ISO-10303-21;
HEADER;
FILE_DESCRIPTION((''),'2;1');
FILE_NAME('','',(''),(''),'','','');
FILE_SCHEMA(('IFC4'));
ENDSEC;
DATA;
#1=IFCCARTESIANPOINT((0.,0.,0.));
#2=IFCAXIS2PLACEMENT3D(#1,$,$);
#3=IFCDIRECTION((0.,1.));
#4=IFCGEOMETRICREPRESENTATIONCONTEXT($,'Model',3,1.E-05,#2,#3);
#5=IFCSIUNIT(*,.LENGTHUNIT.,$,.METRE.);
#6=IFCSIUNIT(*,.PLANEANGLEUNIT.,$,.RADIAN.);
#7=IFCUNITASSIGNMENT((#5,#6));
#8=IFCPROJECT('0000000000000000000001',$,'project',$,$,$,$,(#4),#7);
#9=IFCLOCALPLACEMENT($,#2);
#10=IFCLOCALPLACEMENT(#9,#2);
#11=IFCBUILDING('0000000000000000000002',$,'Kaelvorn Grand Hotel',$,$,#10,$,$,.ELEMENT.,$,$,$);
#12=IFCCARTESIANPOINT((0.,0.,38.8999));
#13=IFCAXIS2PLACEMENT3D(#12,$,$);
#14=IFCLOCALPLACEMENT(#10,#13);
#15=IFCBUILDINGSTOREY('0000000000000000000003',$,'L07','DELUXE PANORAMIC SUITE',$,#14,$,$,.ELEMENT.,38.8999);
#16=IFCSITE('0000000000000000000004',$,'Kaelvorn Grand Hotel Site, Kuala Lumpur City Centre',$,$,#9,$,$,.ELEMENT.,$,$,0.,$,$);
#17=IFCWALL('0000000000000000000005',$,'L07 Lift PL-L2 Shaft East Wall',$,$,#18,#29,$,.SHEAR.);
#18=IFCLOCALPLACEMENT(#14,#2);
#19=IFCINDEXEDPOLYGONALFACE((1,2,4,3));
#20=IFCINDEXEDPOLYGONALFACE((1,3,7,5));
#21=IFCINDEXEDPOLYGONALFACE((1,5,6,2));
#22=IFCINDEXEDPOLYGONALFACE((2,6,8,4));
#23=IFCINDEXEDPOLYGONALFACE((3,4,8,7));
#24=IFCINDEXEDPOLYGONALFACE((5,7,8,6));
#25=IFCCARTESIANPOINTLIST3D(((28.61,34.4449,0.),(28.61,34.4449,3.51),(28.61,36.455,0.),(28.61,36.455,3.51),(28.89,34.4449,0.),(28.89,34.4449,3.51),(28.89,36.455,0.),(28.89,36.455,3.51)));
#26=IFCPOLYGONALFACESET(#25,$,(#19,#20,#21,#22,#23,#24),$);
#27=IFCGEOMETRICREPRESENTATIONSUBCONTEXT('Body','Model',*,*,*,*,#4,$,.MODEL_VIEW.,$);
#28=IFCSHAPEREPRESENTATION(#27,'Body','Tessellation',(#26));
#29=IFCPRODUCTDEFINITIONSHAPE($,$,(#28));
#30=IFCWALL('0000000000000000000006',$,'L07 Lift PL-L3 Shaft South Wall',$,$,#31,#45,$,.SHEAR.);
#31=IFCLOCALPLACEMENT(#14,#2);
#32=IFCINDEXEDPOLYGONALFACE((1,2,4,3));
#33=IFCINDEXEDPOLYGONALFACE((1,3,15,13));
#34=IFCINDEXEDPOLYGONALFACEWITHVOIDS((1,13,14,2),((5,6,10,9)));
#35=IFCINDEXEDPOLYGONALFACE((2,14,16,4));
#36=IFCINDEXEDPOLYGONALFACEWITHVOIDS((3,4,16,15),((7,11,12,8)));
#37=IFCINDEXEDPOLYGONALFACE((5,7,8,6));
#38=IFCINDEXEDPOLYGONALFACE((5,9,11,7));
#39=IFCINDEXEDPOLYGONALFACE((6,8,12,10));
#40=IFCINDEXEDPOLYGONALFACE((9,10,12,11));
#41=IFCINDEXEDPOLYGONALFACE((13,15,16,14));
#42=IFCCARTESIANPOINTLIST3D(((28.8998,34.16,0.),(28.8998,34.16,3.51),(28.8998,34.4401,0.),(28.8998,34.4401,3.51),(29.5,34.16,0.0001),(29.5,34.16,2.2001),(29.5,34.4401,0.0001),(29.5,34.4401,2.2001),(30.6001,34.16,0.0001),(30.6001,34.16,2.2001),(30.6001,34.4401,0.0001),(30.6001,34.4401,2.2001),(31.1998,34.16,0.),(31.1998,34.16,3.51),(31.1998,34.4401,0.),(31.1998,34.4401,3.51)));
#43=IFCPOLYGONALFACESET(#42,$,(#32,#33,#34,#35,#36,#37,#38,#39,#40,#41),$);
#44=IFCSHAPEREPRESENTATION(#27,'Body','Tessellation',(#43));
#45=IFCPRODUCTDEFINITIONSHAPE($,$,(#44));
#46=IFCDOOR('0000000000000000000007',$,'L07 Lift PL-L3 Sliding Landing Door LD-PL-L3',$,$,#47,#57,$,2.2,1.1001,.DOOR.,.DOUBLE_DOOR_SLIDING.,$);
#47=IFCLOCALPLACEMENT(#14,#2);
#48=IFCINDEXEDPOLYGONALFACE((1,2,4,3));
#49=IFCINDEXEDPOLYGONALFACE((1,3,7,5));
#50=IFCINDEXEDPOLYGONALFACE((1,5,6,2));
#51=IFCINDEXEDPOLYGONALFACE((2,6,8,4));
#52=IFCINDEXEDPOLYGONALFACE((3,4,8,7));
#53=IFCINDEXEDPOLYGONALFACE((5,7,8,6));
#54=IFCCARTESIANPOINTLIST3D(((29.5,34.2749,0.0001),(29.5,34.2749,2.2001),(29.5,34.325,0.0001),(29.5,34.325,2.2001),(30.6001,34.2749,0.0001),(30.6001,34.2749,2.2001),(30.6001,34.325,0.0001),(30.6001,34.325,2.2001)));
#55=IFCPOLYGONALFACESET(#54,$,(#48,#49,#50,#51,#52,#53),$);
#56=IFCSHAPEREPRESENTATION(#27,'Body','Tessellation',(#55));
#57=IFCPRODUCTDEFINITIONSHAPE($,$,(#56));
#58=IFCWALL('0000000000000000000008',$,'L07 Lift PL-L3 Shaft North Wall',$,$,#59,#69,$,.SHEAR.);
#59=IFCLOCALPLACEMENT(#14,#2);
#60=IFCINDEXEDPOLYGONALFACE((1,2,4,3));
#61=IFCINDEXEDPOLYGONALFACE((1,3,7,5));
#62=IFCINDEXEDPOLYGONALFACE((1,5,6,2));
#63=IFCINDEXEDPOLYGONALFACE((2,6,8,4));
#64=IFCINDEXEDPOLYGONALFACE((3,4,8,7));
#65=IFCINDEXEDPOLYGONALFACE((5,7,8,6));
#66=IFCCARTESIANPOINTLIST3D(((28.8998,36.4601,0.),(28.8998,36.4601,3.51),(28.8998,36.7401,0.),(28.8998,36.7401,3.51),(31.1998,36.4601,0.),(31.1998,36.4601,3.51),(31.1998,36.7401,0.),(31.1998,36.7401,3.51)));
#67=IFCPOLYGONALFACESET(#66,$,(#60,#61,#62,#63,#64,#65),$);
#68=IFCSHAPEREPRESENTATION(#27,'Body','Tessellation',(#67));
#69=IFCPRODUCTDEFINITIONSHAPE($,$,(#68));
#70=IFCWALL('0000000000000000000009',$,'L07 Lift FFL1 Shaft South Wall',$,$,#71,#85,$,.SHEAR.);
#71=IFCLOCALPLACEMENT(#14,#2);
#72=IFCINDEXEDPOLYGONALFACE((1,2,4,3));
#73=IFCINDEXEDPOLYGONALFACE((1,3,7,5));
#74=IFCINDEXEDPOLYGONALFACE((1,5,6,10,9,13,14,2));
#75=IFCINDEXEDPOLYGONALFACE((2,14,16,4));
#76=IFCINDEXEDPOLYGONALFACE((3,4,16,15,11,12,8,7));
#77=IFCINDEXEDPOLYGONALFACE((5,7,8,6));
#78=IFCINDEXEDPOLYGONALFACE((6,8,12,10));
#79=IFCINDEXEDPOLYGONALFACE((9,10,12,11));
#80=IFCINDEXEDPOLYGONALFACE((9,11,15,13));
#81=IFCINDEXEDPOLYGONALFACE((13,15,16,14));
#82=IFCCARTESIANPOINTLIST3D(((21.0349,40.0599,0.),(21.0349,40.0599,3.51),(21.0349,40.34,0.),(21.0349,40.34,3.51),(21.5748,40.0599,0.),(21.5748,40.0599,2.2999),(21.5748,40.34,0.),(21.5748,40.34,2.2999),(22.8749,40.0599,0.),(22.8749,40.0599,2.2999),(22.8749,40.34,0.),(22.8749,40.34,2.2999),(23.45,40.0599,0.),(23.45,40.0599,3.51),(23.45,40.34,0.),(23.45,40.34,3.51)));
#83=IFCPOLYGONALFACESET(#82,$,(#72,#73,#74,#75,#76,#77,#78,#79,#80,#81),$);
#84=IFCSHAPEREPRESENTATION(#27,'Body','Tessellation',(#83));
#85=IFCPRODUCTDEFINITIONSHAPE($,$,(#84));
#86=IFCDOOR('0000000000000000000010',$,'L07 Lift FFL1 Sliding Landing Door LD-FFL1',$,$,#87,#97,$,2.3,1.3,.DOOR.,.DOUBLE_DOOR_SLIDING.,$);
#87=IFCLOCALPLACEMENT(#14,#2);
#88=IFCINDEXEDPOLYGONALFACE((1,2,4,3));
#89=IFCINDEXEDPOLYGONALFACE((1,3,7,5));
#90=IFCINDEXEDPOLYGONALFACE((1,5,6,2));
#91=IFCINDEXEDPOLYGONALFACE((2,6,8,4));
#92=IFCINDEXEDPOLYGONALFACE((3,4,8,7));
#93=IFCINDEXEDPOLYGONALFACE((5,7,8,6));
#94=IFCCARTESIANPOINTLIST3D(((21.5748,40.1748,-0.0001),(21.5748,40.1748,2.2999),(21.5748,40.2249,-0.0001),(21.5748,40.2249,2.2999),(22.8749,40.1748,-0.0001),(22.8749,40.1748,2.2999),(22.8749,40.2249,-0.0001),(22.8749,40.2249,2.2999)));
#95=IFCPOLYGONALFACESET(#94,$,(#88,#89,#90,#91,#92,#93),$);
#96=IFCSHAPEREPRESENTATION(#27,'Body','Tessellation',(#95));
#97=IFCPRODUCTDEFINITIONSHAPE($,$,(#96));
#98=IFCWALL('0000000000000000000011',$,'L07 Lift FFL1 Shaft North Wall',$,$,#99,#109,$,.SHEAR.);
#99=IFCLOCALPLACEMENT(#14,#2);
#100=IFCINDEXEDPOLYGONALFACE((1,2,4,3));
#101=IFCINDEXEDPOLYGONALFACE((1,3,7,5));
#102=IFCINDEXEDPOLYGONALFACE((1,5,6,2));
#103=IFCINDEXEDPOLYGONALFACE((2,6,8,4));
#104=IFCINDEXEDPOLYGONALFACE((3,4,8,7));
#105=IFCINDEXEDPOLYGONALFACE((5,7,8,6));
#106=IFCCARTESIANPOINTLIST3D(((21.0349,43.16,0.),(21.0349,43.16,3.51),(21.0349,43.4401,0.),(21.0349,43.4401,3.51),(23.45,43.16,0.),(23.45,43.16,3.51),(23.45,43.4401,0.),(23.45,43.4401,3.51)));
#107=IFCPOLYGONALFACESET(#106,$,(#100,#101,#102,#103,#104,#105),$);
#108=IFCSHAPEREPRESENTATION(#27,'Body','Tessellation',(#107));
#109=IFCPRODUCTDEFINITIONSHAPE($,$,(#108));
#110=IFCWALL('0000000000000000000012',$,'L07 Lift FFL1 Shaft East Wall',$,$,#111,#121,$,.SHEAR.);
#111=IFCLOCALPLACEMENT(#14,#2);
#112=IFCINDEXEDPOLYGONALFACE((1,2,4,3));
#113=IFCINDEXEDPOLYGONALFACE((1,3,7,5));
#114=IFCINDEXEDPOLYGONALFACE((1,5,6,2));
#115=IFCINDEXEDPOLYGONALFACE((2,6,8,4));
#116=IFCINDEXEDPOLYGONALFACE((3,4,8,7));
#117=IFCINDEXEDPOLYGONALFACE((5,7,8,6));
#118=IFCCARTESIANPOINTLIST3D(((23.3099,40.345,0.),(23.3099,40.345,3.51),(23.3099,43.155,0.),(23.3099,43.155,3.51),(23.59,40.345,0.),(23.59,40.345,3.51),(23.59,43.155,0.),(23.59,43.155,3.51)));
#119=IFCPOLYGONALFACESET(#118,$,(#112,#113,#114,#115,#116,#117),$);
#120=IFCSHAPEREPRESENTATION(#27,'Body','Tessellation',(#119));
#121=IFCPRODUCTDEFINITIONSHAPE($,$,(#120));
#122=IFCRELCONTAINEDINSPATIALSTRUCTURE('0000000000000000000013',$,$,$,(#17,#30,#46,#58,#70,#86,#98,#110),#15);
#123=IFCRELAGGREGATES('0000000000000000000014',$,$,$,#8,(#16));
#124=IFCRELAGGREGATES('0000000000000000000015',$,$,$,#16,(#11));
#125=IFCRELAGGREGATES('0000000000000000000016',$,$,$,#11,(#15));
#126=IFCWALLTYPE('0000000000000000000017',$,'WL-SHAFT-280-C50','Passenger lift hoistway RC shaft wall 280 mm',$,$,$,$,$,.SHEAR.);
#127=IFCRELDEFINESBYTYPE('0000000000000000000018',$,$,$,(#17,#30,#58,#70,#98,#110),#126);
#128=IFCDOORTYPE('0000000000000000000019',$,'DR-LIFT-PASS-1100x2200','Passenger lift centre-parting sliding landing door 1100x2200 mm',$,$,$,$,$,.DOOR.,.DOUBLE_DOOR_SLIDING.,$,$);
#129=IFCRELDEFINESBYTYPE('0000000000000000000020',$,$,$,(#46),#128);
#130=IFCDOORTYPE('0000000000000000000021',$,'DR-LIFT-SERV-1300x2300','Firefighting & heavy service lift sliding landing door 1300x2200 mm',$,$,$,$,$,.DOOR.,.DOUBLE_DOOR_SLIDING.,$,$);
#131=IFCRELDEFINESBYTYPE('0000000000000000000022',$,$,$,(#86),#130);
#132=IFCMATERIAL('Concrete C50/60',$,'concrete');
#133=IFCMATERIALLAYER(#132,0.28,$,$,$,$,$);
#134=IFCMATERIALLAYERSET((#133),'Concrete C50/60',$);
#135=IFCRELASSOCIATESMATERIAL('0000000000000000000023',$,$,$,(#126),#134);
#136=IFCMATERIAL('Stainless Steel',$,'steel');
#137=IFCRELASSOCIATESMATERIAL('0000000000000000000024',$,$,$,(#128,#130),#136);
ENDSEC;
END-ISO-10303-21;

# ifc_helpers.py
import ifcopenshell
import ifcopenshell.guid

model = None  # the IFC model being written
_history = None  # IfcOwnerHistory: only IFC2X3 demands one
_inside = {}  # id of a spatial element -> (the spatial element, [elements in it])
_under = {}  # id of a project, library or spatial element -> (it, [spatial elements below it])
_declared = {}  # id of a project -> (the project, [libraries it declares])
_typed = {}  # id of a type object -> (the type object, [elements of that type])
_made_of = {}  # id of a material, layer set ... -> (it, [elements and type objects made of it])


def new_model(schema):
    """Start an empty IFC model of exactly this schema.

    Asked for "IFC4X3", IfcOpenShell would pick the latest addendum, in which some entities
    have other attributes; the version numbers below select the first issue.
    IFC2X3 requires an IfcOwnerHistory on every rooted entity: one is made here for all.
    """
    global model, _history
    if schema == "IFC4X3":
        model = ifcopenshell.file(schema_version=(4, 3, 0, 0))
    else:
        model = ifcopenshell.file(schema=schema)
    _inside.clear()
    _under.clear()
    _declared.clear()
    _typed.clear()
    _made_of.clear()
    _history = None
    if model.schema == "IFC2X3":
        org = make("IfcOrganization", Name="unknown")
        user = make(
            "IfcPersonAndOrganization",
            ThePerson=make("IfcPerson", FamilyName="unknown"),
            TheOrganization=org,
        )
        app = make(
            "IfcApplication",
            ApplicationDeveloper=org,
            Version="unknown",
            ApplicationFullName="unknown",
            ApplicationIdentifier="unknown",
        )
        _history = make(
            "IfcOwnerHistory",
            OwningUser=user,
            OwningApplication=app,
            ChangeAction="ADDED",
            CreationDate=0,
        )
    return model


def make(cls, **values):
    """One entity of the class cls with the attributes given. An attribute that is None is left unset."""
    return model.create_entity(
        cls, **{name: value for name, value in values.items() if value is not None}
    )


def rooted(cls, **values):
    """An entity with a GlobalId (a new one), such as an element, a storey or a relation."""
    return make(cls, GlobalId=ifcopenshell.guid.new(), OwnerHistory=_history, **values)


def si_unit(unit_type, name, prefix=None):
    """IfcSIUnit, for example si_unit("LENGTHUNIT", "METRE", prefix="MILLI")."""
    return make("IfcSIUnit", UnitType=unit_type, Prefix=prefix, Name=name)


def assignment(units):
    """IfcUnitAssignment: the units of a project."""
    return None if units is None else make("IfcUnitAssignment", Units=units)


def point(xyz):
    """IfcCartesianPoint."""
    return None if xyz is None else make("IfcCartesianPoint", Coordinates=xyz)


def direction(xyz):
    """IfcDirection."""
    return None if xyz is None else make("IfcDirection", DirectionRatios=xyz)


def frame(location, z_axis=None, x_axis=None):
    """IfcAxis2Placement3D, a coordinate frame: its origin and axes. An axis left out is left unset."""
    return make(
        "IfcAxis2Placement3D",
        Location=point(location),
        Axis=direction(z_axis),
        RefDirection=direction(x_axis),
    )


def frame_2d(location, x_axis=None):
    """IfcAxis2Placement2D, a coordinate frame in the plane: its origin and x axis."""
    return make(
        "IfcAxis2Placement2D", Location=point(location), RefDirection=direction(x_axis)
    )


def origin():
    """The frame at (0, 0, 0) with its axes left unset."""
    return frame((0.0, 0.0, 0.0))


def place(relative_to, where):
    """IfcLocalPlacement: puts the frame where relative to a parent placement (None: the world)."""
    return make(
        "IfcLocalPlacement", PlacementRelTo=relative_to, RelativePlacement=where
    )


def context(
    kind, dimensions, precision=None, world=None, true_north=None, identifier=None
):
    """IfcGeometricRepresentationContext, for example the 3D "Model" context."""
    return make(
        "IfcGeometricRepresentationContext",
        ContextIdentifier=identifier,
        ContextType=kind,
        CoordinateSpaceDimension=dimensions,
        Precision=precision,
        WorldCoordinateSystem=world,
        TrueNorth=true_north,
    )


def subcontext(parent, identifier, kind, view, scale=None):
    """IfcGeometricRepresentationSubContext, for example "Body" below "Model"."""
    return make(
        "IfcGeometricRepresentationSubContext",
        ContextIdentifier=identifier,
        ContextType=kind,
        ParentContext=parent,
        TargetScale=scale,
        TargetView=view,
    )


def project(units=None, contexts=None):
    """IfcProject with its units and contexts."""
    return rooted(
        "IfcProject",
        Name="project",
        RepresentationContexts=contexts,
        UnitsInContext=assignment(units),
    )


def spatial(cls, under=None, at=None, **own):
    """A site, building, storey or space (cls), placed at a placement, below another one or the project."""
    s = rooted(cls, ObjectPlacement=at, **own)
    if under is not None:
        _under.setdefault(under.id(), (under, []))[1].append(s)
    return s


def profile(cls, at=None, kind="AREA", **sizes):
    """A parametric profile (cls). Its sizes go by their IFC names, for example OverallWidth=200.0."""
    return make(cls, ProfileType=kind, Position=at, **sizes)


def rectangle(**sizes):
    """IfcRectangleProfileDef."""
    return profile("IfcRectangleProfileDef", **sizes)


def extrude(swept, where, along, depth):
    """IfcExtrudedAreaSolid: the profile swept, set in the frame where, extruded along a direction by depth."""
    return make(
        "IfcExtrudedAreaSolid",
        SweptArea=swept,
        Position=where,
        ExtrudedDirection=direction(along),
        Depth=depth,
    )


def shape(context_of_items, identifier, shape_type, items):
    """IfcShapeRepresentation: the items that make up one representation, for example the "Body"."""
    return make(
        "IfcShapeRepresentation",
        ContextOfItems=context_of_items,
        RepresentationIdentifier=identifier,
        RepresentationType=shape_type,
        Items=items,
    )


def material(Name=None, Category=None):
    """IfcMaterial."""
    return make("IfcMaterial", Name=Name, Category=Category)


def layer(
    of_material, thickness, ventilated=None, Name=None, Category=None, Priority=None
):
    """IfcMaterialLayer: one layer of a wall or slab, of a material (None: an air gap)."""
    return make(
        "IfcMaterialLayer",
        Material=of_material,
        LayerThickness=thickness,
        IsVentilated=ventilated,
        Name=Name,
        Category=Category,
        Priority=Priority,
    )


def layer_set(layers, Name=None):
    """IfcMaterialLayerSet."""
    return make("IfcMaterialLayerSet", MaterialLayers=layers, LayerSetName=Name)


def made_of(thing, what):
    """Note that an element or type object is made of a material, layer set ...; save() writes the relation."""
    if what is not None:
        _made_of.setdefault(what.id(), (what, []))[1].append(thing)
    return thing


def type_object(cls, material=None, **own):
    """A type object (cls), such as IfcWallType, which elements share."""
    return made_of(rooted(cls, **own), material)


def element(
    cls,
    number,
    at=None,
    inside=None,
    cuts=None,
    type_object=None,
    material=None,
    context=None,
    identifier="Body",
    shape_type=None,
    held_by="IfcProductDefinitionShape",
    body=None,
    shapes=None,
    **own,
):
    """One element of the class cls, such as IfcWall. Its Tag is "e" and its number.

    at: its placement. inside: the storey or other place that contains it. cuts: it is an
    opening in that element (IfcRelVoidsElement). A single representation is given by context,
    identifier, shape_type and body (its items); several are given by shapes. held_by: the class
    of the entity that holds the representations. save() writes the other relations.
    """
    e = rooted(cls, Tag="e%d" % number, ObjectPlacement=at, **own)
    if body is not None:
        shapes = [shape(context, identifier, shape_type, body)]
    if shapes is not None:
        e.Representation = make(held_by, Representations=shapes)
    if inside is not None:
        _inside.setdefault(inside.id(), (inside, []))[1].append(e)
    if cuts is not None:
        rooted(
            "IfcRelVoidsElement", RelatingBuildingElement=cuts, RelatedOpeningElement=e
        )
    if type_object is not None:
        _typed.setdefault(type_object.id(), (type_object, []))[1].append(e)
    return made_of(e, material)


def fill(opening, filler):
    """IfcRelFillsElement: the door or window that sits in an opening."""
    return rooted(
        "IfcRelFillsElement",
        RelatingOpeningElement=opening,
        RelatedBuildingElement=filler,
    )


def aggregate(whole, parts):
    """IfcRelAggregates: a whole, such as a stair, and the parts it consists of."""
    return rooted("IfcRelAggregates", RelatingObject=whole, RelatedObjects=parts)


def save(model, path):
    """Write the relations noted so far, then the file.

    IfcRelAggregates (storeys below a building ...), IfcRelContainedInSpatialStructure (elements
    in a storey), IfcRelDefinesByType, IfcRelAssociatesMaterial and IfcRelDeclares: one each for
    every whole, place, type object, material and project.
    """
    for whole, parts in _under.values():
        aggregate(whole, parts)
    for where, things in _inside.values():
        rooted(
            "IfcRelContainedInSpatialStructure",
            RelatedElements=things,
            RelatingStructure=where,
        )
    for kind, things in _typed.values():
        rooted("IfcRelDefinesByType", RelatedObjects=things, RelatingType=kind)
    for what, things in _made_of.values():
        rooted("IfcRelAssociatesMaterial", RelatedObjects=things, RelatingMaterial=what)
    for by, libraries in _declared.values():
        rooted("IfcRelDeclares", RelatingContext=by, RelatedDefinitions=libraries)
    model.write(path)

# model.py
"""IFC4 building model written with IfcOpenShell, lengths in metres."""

from ifc_helpers import new_model, si_unit, direction, frame, frame_2d, origin, place, context, subcontext, project, spatial, rectangle, extrude, material, layer, layer_set, type_object, element, fill, save


model = new_model("IFC4")

# Units and contexts
model_context = context("Model", 3, precision=1e-05, world=origin(), true_north=direction((0.0, 1.0)))
body_context = subcontext(model_context, "Body", "Model", "MODEL_VIEW")
ifc_project = project(units=[si_unit("LENGTHUNIT", "METRE"), si_unit("PLANEANGLEUNIT", "RADIAN")], contexts=[model_context])

# Site, building, storey
site_placement = place(None, origin())
site = spatial("IfcSite", under=ifc_project, at=site_placement, Name="Kaelvorn Grand Hotel Site, Kuala Lumpur City Centre", CompositionType="ELEMENT", RefElevation=0.0)
building_placement = place(site_placement, origin())
building = spatial("IfcBuilding", under=site, at=building_placement, Name="Kaelvorn Grand Hotel", CompositionType="ELEMENT")
storey_placement = place(building_placement, frame((0.0, 0.0, 38.8999)))
storey = spatial("IfcBuildingStorey", under=building, at=storey_placement, Name="L07", Description="DELUXE PANORAMIC SUITE", CompositionType="ELEMENT", Elevation=38.8999)

# Shared definitions
ifc_material_1 = material(Name="Concrete C50/60", Category="concrete")
ifc_layer_1 = layer(ifc_material_1, 0.28)
ifc_layer_set_1 = layer_set([ifc_layer_1], Name="Concrete C50/60")
wall_type_1 = type_object("IfcWallType", Name="WL-SHAFT-280-C50", Description="Passenger lift hoistway RC shaft wall 280 mm", PredefinedType="SHEAR", material=ifc_layer_set_1)
ifc_material_2 = material(Name="Stainless Steel", Category="steel")
door_type_1 = type_object("IfcDoorType", Name="DR-LIFT-PASS-1100x2200", Description="Passenger lift centre-parting sliding landing door 1100x2200 mm", OperationType="DOUBLE_DOOR_SLIDING", PredefinedType="DOOR", material=ifc_material_2)

# Wall
wall_1_placement = place(storey_placement, frame((28.75, 34.4451, 0.0), z_axis=(0.0, 0.0, 1.0), x_axis=(0.0, 1.0, 0.0)))
element("IfcWall", 1, at=wall_1_placement, inside=storey, type_object=wall_type_1, Name="L07 Lift PL-L2 Shaft East Wall", PredefinedType="SHEAR", context=body_context, shape_type="SweptSolid", body=[
    extrude(rectangle(XDim=2.01, YDim=0.28, at=frame_2d((1.0049, 0.0))), origin(), (0.0, 0.0, 1.0), 3.51),
])

# Wall, opening, door
wall_2_placement = place(storey_placement, frame((28.8999, 34.3, 0.0), z_axis=(0.0, 0.0, 1.0), x_axis=(1.0, 0.0, 0.0)))
wall_2 = element("IfcWall", 2, at=wall_2_placement, inside=storey, type_object=wall_type_1, Name="L07 Lift PL-L3 Shaft South Wall", PredefinedType="SHEAR", context=body_context, shape_type="SweptSolid", body=[
    extrude(rectangle(XDim=2.3, YDim=0.28, at=frame_2d((1.1499, 0.0))), origin(), (0.0, 0.0, 1.0), 3.51),
])
opening_1_placement = place(wall_2_placement, frame((0.6001, 0.0, 0.0)))
opening_1 = element("IfcOpeningElement", 3, at=opening_1_placement, cuts=wall_2, PredefinedType="OPENING", context=body_context, shape_type="SweptSolid", body=[
    extrude(rectangle(XDim=1.1001, YDim=2.2, at=frame_2d((0.55, 1.1001))), frame((0.0, 0.1499, 0.0), z_axis=(0.0, -1.0, 0.0), x_axis=(1.0, 0.0, 0.0)), (0.0, 0.0, 1.0), 0.3),
])
door_1_placement = place(opening_1_placement, origin())
door_1 = element("IfcDoor", 4, at=door_1_placement, inside=storey, type_object=door_type_1, Name="L07 Lift PL-L3 Sliding Landing Door LD-PL-L3", OperationType="DOUBLE_DOOR_SLIDING", OverallHeight=2.2, OverallWidth=1.1001, PredefinedType="DOOR", context=body_context, shape_type="SweptSolid", body=[
    extrude(rectangle(XDim=1.1001, YDim=2.2, at=frame_2d((0.55, 1.1001))), frame((0.0, 0.0249, 0.0), z_axis=(0.0, -1.0, 0.0), x_axis=(1.0, 0.0, 0.0)), (0.0, 0.0, 1.0), 0.05),
])
fill(opening_1, door_1)

# Wall
wall_3_placement = place(storey_placement, frame((28.8999, 36.6001, 0.0), z_axis=(0.0, 0.0, 1.0), x_axis=(1.0, 0.0, 0.0)))
element("IfcWall", 5, at=wall_3_placement, inside=storey, type_object=wall_type_1, Name="L07 Lift PL-L3 Shaft North Wall", PredefinedType="SHEAR", context=body_context, shape_type="SweptSolid", body=[
    extrude(rectangle(XDim=2.3, YDim=0.28, at=frame_2d((1.1499, 0.0))), origin(), (0.0, 0.0, 1.0), 3.51),
])

# Wall, opening, door
wall_4_placement = place(storey_placement, frame((21.0349, 40.2, 0.0), z_axis=(0.0, 0.0, 1.0), x_axis=(1.0, 0.0, 0.0)))
wall_4 = element("IfcWall", 6, at=wall_4_placement, inside=storey, type_object=wall_type_1, Name="L07 Lift FFL1 Shaft South Wall", PredefinedType="SHEAR", context=body_context, shape_type="SweptSolid", body=[
    extrude(rectangle(XDim=2.415, YDim=0.28, at=frame_2d((1.2075, 0.0))), origin(), (0.0, 0.0, 1.0), 3.51),
])
opening_2_placement = place(wall_4_placement, frame((0.54, 0.0, 0.0)))
opening_2 = element("IfcOpeningElement", 7, at=opening_2_placement, cuts=wall_4, PredefinedType="OPENING", context=body_context, shape_type="SweptSolid", body=[
    extrude(rectangle(XDim=1.3, YDim=2.3, at=frame_2d((0.6499, 1.1499))), frame((0.0, 0.1499, 0.0), z_axis=(0.0, -1.0, 0.0), x_axis=(1.0, 0.0, 0.0)), (0.0, 0.0, 1.0), 0.3),
])
door_type_2 = type_object("IfcDoorType", Name="DR-LIFT-SERV-1300x2300", Description="Firefighting & heavy service lift sliding landing door 1300x2200 mm", OperationType="DOUBLE_DOOR_SLIDING", PredefinedType="DOOR", material=ifc_material_2)
door_2_placement = place(opening_2_placement, origin())
door_2 = element("IfcDoor", 8, at=door_2_placement, inside=storey, type_object=door_type_2, Name="L07 Lift FFL1 Sliding Landing Door LD-FFL1", OperationType="DOUBLE_DOOR_SLIDING", OverallHeight=2.3, OverallWidth=1.3, PredefinedType="DOOR", context=body_context, shape_type="SweptSolid", body=[
    extrude(rectangle(XDim=1.3, YDim=2.3, at=frame_2d((0.6499, 1.1499))), frame((0.0, 0.0249, 0.0), z_axis=(0.0, -1.0, 0.0), x_axis=(1.0, 0.0, 0.0)), (0.0, 0.0, 1.0), 0.05),
])
fill(opening_2, door_2)

# Walls
wall_5_placement = place(storey_placement, frame((21.0349, 43.3, 0.0), z_axis=(0.0, 0.0, 1.0), x_axis=(1.0, 0.0, 0.0)))
element("IfcWall", 9, at=wall_5_placement, inside=storey, type_object=wall_type_1, Name="L07 Lift FFL1 Shaft North Wall", PredefinedType="SHEAR", context=body_context, shape_type="SweptSolid", body=[
    extrude(rectangle(XDim=2.415, YDim=0.28, at=frame_2d((1.2075, 0.0))), origin(), (0.0, 0.0, 1.0), 3.51),
])
wall_6_placement = place(storey_placement, frame((23.45, 40.345, 0.0), z_axis=(0.0, 0.0, 1.0), x_axis=(0.0, 1.0, 0.0)))
element("IfcWall", 10, at=wall_6_placement, inside=storey, type_object=wall_type_1, Name="L07 Lift FFL1 Shaft East Wall", PredefinedType="SHEAR", context=body_context, shape_type="SweptSolid", body=[
    extrude(rectangle(XDim=2.8101, YDim=0.28, at=frame_2d((1.405, 0.0))), origin(), (0.0, 0.0, 1.0), 3.51),
])

save(model, "model.ifc")
